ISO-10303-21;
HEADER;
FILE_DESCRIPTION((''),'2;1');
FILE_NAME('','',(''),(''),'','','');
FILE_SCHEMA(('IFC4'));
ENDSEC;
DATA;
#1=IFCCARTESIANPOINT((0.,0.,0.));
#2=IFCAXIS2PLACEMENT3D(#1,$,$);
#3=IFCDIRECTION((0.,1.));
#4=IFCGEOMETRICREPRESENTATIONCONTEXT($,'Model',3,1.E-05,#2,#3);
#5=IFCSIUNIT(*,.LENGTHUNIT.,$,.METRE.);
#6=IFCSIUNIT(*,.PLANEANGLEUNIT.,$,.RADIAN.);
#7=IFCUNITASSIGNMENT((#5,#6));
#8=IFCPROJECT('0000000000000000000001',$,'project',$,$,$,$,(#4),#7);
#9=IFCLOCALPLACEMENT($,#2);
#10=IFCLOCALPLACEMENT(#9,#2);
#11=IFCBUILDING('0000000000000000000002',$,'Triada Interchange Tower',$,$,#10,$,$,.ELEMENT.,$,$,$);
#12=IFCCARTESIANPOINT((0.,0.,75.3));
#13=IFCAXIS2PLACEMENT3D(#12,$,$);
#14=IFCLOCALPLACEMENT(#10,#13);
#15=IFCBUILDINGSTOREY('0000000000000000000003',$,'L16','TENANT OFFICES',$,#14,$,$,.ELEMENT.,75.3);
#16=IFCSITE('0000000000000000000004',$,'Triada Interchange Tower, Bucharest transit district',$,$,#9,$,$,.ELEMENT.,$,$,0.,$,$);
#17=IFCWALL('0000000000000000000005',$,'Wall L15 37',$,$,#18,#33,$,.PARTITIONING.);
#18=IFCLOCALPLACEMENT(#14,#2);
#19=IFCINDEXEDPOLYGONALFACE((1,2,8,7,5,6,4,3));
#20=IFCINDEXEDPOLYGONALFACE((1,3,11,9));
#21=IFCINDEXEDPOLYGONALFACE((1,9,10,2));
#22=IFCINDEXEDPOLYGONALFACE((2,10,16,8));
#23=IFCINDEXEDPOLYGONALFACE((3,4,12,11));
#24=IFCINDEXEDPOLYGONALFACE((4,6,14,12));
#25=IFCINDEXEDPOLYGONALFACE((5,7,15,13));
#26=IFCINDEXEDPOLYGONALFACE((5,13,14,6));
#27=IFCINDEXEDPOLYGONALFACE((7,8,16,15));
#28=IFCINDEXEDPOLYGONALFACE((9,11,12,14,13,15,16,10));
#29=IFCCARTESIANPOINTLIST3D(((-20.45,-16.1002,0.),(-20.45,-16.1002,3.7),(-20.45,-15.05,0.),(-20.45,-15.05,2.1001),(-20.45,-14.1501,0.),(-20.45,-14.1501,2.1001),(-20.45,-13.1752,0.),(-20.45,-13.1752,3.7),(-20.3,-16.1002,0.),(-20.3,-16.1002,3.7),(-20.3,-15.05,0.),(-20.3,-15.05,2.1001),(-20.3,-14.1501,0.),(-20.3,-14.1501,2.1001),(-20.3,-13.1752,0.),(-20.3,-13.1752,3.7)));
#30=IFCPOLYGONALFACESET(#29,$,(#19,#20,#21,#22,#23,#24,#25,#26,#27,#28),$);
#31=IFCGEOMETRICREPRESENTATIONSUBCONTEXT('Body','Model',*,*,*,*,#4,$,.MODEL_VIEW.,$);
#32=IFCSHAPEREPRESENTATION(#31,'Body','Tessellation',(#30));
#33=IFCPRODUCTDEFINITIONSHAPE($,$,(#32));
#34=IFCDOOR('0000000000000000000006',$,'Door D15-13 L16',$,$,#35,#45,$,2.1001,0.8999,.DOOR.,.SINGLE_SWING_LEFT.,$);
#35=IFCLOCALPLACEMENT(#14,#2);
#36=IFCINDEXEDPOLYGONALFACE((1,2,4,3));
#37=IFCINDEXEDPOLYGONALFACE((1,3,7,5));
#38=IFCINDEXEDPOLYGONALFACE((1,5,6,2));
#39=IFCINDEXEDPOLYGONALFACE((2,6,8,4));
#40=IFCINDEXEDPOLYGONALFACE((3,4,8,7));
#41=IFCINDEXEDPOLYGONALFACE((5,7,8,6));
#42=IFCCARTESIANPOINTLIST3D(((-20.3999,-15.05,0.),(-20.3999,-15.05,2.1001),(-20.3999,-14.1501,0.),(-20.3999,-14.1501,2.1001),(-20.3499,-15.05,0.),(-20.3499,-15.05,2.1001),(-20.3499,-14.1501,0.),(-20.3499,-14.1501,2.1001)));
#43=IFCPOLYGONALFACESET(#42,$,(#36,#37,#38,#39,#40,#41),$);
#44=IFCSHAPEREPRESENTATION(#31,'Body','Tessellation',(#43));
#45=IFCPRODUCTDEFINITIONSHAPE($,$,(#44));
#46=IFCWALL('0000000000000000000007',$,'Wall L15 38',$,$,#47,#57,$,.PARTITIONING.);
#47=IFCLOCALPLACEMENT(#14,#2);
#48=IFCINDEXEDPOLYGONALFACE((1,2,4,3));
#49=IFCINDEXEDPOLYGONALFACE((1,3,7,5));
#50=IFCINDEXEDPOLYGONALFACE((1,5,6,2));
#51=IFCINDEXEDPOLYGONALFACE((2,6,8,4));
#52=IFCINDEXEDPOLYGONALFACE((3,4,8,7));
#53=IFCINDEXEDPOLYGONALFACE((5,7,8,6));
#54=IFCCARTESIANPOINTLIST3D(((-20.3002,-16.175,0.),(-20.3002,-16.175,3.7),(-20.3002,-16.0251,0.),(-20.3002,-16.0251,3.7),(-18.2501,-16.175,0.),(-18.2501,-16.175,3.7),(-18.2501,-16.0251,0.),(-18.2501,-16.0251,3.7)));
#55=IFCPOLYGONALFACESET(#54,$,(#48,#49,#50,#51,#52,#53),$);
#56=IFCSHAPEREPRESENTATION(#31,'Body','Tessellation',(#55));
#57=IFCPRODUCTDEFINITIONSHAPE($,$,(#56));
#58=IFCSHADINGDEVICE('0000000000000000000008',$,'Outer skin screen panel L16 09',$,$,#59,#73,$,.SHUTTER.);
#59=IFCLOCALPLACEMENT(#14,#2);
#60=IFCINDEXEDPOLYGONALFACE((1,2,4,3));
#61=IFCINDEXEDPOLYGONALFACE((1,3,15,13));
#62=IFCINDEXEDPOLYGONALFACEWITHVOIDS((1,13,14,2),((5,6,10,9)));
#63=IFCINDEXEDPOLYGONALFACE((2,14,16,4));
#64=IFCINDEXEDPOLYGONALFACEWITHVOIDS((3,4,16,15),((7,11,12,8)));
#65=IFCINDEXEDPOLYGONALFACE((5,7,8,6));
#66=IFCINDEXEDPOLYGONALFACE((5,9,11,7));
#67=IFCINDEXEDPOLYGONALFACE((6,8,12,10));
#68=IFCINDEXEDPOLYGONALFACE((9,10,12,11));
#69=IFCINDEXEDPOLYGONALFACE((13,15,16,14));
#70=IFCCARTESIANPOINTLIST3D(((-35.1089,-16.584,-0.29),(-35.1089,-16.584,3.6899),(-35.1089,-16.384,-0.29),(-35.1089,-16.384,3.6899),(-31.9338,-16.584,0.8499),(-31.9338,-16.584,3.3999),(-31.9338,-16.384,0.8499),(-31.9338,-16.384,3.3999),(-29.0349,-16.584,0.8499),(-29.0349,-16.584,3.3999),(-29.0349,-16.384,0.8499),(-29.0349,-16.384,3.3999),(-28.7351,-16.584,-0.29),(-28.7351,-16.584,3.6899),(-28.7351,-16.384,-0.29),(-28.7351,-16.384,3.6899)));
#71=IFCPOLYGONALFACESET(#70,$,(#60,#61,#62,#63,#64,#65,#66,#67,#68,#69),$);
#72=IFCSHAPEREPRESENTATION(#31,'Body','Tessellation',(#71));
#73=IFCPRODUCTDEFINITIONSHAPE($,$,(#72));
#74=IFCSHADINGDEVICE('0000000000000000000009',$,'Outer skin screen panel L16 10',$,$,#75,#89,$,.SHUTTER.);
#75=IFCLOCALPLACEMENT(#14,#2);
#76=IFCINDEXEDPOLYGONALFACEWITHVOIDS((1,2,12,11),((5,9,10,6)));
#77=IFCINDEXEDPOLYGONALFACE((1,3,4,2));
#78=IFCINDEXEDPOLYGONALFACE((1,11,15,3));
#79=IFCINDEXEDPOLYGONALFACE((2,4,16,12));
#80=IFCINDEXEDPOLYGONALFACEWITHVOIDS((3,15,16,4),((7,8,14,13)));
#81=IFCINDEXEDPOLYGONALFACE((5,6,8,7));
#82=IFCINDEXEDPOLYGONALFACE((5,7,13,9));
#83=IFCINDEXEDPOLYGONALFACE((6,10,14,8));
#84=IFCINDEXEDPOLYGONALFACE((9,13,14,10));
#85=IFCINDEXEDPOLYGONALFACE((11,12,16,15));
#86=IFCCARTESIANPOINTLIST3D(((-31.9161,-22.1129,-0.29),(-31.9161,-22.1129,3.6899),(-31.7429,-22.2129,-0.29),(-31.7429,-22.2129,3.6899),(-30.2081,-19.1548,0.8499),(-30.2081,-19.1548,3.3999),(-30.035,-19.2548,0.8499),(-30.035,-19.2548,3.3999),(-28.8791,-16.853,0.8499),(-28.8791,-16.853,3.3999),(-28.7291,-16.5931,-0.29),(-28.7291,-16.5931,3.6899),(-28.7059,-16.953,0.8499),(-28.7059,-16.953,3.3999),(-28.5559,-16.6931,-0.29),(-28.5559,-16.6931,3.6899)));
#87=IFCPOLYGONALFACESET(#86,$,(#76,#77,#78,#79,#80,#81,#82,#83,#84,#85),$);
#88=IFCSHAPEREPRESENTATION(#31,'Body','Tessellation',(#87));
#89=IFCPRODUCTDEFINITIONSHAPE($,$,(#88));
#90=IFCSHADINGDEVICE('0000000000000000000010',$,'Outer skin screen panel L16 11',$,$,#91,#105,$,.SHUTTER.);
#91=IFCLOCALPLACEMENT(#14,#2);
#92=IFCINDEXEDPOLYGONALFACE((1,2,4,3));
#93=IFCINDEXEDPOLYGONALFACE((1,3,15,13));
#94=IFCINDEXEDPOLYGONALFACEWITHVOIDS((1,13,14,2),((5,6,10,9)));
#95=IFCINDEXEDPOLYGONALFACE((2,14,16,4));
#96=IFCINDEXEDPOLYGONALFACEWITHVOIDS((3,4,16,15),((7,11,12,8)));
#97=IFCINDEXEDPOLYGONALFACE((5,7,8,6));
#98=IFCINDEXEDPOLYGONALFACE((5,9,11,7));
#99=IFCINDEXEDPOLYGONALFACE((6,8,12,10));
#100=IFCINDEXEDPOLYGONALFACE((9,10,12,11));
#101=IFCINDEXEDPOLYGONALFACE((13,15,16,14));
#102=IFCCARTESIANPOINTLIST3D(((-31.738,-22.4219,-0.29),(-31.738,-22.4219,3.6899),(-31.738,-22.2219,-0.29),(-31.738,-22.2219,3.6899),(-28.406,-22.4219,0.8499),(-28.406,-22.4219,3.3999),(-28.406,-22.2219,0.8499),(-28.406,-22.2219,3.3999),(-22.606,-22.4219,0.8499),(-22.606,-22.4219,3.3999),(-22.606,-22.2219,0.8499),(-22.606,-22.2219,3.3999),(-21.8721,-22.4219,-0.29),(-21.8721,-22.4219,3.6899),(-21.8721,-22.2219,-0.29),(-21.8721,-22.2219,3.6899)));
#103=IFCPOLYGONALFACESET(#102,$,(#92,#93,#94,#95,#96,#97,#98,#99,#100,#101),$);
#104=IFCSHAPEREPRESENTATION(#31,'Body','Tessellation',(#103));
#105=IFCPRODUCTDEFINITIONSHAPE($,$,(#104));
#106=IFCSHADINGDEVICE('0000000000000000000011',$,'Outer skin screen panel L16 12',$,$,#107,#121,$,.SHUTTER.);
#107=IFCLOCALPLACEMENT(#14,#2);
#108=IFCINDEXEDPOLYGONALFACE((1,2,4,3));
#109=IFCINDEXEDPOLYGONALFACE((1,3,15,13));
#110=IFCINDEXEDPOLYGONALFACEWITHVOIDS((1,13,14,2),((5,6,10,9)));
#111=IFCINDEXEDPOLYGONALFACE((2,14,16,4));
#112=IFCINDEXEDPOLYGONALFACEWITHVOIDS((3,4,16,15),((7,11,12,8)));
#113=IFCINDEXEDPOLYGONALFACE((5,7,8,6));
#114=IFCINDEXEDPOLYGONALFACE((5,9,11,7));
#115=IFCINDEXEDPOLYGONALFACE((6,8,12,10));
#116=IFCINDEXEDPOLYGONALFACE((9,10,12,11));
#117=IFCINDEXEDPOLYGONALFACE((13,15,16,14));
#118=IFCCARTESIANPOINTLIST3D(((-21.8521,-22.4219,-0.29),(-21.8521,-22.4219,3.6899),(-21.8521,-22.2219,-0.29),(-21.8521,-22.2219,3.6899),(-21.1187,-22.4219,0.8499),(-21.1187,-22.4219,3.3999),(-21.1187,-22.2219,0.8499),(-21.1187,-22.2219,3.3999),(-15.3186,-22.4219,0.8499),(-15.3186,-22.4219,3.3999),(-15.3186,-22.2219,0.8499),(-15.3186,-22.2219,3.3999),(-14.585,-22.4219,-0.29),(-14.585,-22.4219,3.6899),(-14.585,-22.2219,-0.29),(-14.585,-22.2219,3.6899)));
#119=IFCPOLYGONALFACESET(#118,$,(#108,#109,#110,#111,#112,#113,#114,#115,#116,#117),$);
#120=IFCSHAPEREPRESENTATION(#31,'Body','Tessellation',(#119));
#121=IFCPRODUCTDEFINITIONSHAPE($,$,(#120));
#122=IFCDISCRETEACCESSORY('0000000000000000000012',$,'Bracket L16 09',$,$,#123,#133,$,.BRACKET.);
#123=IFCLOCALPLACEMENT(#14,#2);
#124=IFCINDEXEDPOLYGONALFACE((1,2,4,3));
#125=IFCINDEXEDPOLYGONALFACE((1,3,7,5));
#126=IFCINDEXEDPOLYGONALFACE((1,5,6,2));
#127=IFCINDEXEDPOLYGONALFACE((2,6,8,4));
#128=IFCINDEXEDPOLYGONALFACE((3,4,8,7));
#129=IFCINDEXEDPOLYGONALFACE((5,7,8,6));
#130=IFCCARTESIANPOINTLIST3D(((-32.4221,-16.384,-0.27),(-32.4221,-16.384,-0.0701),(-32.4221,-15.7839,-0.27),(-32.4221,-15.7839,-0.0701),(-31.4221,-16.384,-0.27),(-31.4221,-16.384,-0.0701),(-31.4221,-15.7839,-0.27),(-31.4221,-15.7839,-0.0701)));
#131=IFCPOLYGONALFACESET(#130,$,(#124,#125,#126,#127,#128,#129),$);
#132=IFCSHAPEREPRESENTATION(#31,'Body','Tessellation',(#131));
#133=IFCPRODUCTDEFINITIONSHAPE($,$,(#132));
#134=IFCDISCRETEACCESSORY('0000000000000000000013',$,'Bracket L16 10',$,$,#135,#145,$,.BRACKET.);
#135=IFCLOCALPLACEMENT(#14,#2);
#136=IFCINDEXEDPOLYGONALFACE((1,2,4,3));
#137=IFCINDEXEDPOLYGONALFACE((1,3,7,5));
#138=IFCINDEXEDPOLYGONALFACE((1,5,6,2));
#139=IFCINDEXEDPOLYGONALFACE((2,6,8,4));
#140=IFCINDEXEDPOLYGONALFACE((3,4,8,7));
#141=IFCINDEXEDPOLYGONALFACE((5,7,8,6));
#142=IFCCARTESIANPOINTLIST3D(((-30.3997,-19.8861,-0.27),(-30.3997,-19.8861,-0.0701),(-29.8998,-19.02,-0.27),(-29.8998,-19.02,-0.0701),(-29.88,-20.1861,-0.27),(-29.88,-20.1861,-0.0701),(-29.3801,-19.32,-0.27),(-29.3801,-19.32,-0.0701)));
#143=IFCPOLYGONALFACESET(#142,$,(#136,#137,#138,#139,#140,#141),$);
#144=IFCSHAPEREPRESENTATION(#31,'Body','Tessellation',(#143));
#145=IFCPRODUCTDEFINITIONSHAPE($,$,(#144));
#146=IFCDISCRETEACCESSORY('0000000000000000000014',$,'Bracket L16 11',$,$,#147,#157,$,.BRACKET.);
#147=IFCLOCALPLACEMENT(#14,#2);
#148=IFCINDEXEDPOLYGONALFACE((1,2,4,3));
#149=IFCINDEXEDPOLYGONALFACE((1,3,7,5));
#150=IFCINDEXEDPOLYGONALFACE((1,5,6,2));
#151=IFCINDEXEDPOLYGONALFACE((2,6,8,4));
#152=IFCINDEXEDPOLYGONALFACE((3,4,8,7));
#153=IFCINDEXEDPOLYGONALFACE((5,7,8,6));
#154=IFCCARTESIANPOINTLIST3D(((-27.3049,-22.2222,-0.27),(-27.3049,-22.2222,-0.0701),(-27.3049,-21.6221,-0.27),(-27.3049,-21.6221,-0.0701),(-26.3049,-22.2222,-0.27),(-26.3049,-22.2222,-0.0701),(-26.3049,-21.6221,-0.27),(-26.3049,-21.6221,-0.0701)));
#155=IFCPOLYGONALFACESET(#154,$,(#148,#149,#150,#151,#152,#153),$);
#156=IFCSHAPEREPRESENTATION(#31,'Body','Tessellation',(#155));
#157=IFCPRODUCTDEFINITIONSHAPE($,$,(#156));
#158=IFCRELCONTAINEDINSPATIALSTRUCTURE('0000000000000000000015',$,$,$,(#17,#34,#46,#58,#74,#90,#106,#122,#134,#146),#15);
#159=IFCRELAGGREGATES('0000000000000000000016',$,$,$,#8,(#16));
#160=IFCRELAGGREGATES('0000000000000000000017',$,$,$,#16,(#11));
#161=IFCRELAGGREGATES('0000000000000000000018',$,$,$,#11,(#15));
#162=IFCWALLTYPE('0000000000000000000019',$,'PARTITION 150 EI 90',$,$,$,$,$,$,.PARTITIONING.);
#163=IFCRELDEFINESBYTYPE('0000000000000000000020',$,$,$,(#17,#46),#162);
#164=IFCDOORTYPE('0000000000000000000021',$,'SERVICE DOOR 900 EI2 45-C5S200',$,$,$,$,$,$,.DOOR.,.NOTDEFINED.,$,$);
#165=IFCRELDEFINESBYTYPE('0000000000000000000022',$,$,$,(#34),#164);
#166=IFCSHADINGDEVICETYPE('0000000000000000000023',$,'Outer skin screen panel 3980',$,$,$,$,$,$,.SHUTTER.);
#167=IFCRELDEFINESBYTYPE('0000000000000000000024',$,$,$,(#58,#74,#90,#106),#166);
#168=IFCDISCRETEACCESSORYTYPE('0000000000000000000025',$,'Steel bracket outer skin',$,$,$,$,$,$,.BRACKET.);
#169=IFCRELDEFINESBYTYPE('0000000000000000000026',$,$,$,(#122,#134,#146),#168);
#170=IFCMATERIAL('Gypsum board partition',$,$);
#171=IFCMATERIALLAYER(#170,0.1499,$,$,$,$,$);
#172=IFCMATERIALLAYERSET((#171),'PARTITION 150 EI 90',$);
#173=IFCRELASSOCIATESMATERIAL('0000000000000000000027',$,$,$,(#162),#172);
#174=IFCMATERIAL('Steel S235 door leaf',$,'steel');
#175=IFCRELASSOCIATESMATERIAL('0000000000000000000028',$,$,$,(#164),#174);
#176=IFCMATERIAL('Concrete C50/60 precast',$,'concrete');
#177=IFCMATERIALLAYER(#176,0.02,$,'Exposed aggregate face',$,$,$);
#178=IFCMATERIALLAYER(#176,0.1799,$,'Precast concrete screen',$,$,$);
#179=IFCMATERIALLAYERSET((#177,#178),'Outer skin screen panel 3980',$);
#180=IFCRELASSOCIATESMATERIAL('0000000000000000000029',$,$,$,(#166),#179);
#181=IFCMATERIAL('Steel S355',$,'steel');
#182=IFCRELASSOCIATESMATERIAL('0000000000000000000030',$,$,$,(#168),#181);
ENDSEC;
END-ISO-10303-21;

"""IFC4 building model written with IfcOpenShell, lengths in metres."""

from ifc_helpers import new_model, si_unit, direction, frame, frame_2d, origin, origin_2d, place, context, subcontext, project, spatial, polyline, rectangle, outline, extrude, material, layer, layer_set, type_object, element, fill, save


model = new_model("IFC4")

# Units and contexts
model_context = context("Model", 3, precision=1e-05, world=origin(), true_north=direction((0.0, 1.0)))
body_context = subcontext(model_context, "Body", "Model", "MODEL_VIEW")
ifc_project = project(units=[si_unit("LENGTHUNIT", "METRE"), si_unit("PLANEANGLEUNIT", "RADIAN")], contexts=[model_context])

# Site, building, storey
site_placement = place(None, origin())
site = spatial("IfcSite", under=ifc_project, at=site_placement, Name="Triada Interchange Tower, Bucharest transit district", CompositionType="ELEMENT", RefElevation=0.0)
building_placement = place(site_placement, origin())
building = spatial("IfcBuilding", under=site, at=building_placement, Name="Triada Interchange Tower", CompositionType="ELEMENT")
storey_placement = place(building_placement, frame((0.0, 0.0, 75.3)))
storey = spatial("IfcBuildingStorey", under=building, at=storey_placement, Name="L16", Description="TENANT OFFICES", CompositionType="ELEMENT", Elevation=75.3)

# Wall, opening, door
ifc_material_1 = material(Name="Gypsum board partition")
ifc_layer_1 = layer(ifc_material_1, 0.1499)
ifc_layer_set_1 = layer_set([ifc_layer_1], Name="PARTITION 150 EI 90")
wall_type_1 = type_object("IfcWallType", Name="PARTITION 150 EI 90", PredefinedType="PARTITIONING", material=ifc_layer_set_1)
wall_1_placement = place(storey_placement, frame((-20.375, -16.1001, 0.0), z_axis=(0.0, 0.0, 1.0), x_axis=(0.0, 1.0, 0.0)))
wall_1 = element("IfcWall", 1, at=wall_1_placement, inside=storey, type_object=wall_type_1, Name="Wall L15 37", PredefinedType="PARTITIONING", context=body_context, shape_type="SweptSolid", body=[
    extrude(rectangle(XDim=2.925, YDim=0.1499, at=frame_2d((1.4624, 0.0))), origin(), (0.0, 0.0, 1.0), 3.7),
])
opening_1_placement = place(wall_1_placement, frame((1.05, 0.0, 0.0)))
opening_1 = element("IfcOpeningElement", 2, at=opening_1_placement, cuts=wall_1, PredefinedType="OPENING", context=body_context, shape_type="SweptSolid", body=[
    extrude(rectangle(XDim=0.8999, YDim=2.1001, at=frame_2d((0.45, 1.05))), frame((0.0, 0.085, 0.0), z_axis=(0.0, -1.0, 0.0), x_axis=(1.0, 0.0, 0.0)), (0.0, 0.0, 1.0), 0.1699),
])
ifc_material_2 = material(Name="Steel S235 door leaf", Category="steel")
door_type = type_object("IfcDoorType", Name="SERVICE DOOR 900 EI2 45-C5S200", OperationType="NOTDEFINED", PredefinedType="DOOR", material=ifc_material_2)
door_placement = place(opening_1_placement, origin())
door = element("IfcDoor", 3, at=door_placement, inside=storey, type_object=door_type, Name="Door D15-13 L16", OperationType="SINGLE_SWING_LEFT", OverallHeight=2.1001, OverallWidth=0.8999, PredefinedType="DOOR", context=body_context, shape_type="SweptSolid", body=[
    extrude(rectangle(XDim=0.8999, YDim=2.1001, at=frame_2d((0.45, 1.05))), frame((0.0, 0.0249, 0.0), z_axis=(0.0, -1.0, 0.0), x_axis=(1.0, 0.0, 0.0)), (0.0, 0.0, 1.0), 0.05),
])
fill(opening_1, door)

# Wall
wall_2_placement = place(storey_placement, frame((-20.3, -16.1001, 0.0), z_axis=(0.0, 0.0, 1.0), x_axis=(1.0, 0.0, 0.0)))
element("IfcWall", 4, at=wall_2_placement, inside=storey, type_object=wall_type_1, Name="Wall L15 38", PredefinedType="PARTITIONING", context=body_context, shape_type="SweptSolid", body=[
    extrude(rectangle(XDim=2.05, YDim=0.1499, at=frame_2d((1.0249, 0.0))), origin(), (0.0, 0.0, 1.0), 3.7),
])

# Shading devices
ifc_material_3 = material(Name="Concrete C50/60 precast", Category="concrete")
ifc_layer_2 = layer(ifc_material_3, 0.02, Name="Exposed aggregate face")
ifc_layer_3 = layer(ifc_material_3, 0.1799, Name="Precast concrete screen")
ifc_layer_set_2 = layer_set([ifc_layer_2, ifc_layer_3], Name="Outer skin screen panel 3980")
shading_device_type = type_object("IfcShadingDeviceType", Name="Outer skin screen panel 3980", PredefinedType="SHUTTER", material=ifc_layer_set_2)
shading_device_1_placement = place(storey_placement, frame((-35.1089, -16.384, -0.29), z_axis=(0.0, 0.0, 1.0), x_axis=(1.0, 0.0, 0.0)))
element("IfcShadingDevice", 5, at=shading_device_1_placement, inside=storey, type_object=shading_device_type, Name="Outer skin screen panel L16 09", PredefinedType="SHUTTER", context=body_context, shape_type="SweptSolid", body=[
    extrude(outline(polyline([(0.0, 0.0), (6.3738, 0.0), (6.3738, 3.98), (0.0, 3.98), (0.0, 0.0)]), holes=[polyline([(3.175, 1.1399), (3.175, 3.6899), (6.074, 3.6899), (6.074, 1.1399), (3.175, 1.1399)])]), frame((0.0, 0.0, 0.0), z_axis=(0.0, -1.0, 0.0), x_axis=(1.0, 0.0, 0.0)), (0.0, 0.0, 1.0), 0.2),
])
shading_device_2_placement = place(storey_placement, frame((-28.5559, -16.6931, -0.29), z_axis=(0.0, 0.0, 1.0), x_axis=(-0.50002, -0.866014, 0.0)))
element("IfcShadingDevice", 6, at=shading_device_2_placement, inside=storey, type_object=shading_device_type, Name="Outer skin screen panel L16 10", PredefinedType="SHUTTER", context=body_context, shape_type="SweptSolid", body=[
    extrude(outline(polyline([(0.0, 0.0), (6.3738, 0.0), (6.3738, 3.98), (0.0, 3.98), (0.0, 0.0)]), holes=[polyline([(0.3, 1.1399), (0.3, 3.6899), (2.958, 3.6899), (2.958, 1.1399), (0.3, 1.1399)])]), frame((0.0, 0.0, 0.0), z_axis=(0.0, -1.0, 0.0), x_axis=(1.0, 0.0, 0.0)), (0.0, 0.0, 1.0), 0.2),
])
shading_device_3_placement = place(storey_placement, frame((-31.738, -22.2219, -0.29), z_axis=(0.0, 0.0, 1.0), x_axis=(1.0, 0.0, 0.0)))
element("IfcShadingDevice", 7, at=shading_device_3_placement, inside=storey, type_object=shading_device_type, Name="Outer skin screen panel L16 11", PredefinedType="SHUTTER", context=body_context, shape_type="SweptSolid", body=[
    extrude(outline(polyline([(0.0, 0.0), (9.866, 0.0), (9.866, 3.98), (0.0, 3.98), (0.0, 0.0)]), holes=[polyline([(3.332, 1.1399), (3.332, 3.6899), (9.1321, 3.6899), (9.1321, 1.1399), (3.332, 1.1399)])]), frame((0.0, 0.0, 0.0), z_axis=(0.0, -1.0, 0.0), x_axis=(1.0, 0.0, 0.0)), (0.0, 0.0, 1.0), 0.2),
])
shading_device_4_placement = place(storey_placement, frame((-21.8521, -22.2219, -0.29), z_axis=(0.0, 0.0, 1.0), x_axis=(1.0, 0.0, 0.0)))
element("IfcShadingDevice", 8, at=shading_device_4_placement, inside=storey, type_object=shading_device_type, Name="Outer skin screen panel L16 12", PredefinedType="SHUTTER", context=body_context, shape_type="SweptSolid", body=[
    extrude(outline(polyline([(0.0, 0.0), (7.2671, 0.0), (7.2671, 3.98), (0.0, 3.98), (0.0, 0.0)]), holes=[polyline([(0.7334, 1.1399), (0.7334, 3.6899), (6.5334, 3.6899), (6.5334, 1.1399), (0.7334, 1.1399)])]), frame((0.0, 0.0, 0.0), z_axis=(0.0, -1.0, 0.0), x_axis=(1.0, 0.0, 0.0)), (0.0, 0.0, 1.0), 0.2),
])

# Discrete accessories
ifc_material_4 = material(Name="Steel S355", Category="steel")
discrete_accessory_type = type_object("IfcDiscreteAccessoryType", Name="Steel bracket outer skin", PredefinedType="BRACKET", material=ifc_material_4)
for number, where, z_axis, x_axis, name in (
    (9, (-31.9221, -16.084, -0.27), (0.0, 0.0, 1.0), (0.0, -1.0, 0.0), "Bracket L16 09"),
    (10, (-29.8899, -19.603, -0.27), (0.0, 0.0, 1.0), (-0.866062, 0.499936, 0.0), "Bracket L16 10"),
    (11, (-26.8049, -21.9221, -0.27), (0.0, 0.0, 1.0), (0.0, -1.0, 0.0), "Bracket L16 11"),
):
    element("IfcDiscreteAccessory", number, at=place(storey_placement, frame(where, z_axis=z_axis, x_axis=x_axis)), inside=storey, type_object=discrete_accessory_type, Name=name, PredefinedType="BRACKET", context=body_context, shape_type="SweptSolid", body=[
        extrude(rectangle(XDim=0.6001, YDim=1.0, at=origin_2d()), origin(), (0.0, 0.0, 1.0), 0.2),
    ])

save(model, "model.ifc")
